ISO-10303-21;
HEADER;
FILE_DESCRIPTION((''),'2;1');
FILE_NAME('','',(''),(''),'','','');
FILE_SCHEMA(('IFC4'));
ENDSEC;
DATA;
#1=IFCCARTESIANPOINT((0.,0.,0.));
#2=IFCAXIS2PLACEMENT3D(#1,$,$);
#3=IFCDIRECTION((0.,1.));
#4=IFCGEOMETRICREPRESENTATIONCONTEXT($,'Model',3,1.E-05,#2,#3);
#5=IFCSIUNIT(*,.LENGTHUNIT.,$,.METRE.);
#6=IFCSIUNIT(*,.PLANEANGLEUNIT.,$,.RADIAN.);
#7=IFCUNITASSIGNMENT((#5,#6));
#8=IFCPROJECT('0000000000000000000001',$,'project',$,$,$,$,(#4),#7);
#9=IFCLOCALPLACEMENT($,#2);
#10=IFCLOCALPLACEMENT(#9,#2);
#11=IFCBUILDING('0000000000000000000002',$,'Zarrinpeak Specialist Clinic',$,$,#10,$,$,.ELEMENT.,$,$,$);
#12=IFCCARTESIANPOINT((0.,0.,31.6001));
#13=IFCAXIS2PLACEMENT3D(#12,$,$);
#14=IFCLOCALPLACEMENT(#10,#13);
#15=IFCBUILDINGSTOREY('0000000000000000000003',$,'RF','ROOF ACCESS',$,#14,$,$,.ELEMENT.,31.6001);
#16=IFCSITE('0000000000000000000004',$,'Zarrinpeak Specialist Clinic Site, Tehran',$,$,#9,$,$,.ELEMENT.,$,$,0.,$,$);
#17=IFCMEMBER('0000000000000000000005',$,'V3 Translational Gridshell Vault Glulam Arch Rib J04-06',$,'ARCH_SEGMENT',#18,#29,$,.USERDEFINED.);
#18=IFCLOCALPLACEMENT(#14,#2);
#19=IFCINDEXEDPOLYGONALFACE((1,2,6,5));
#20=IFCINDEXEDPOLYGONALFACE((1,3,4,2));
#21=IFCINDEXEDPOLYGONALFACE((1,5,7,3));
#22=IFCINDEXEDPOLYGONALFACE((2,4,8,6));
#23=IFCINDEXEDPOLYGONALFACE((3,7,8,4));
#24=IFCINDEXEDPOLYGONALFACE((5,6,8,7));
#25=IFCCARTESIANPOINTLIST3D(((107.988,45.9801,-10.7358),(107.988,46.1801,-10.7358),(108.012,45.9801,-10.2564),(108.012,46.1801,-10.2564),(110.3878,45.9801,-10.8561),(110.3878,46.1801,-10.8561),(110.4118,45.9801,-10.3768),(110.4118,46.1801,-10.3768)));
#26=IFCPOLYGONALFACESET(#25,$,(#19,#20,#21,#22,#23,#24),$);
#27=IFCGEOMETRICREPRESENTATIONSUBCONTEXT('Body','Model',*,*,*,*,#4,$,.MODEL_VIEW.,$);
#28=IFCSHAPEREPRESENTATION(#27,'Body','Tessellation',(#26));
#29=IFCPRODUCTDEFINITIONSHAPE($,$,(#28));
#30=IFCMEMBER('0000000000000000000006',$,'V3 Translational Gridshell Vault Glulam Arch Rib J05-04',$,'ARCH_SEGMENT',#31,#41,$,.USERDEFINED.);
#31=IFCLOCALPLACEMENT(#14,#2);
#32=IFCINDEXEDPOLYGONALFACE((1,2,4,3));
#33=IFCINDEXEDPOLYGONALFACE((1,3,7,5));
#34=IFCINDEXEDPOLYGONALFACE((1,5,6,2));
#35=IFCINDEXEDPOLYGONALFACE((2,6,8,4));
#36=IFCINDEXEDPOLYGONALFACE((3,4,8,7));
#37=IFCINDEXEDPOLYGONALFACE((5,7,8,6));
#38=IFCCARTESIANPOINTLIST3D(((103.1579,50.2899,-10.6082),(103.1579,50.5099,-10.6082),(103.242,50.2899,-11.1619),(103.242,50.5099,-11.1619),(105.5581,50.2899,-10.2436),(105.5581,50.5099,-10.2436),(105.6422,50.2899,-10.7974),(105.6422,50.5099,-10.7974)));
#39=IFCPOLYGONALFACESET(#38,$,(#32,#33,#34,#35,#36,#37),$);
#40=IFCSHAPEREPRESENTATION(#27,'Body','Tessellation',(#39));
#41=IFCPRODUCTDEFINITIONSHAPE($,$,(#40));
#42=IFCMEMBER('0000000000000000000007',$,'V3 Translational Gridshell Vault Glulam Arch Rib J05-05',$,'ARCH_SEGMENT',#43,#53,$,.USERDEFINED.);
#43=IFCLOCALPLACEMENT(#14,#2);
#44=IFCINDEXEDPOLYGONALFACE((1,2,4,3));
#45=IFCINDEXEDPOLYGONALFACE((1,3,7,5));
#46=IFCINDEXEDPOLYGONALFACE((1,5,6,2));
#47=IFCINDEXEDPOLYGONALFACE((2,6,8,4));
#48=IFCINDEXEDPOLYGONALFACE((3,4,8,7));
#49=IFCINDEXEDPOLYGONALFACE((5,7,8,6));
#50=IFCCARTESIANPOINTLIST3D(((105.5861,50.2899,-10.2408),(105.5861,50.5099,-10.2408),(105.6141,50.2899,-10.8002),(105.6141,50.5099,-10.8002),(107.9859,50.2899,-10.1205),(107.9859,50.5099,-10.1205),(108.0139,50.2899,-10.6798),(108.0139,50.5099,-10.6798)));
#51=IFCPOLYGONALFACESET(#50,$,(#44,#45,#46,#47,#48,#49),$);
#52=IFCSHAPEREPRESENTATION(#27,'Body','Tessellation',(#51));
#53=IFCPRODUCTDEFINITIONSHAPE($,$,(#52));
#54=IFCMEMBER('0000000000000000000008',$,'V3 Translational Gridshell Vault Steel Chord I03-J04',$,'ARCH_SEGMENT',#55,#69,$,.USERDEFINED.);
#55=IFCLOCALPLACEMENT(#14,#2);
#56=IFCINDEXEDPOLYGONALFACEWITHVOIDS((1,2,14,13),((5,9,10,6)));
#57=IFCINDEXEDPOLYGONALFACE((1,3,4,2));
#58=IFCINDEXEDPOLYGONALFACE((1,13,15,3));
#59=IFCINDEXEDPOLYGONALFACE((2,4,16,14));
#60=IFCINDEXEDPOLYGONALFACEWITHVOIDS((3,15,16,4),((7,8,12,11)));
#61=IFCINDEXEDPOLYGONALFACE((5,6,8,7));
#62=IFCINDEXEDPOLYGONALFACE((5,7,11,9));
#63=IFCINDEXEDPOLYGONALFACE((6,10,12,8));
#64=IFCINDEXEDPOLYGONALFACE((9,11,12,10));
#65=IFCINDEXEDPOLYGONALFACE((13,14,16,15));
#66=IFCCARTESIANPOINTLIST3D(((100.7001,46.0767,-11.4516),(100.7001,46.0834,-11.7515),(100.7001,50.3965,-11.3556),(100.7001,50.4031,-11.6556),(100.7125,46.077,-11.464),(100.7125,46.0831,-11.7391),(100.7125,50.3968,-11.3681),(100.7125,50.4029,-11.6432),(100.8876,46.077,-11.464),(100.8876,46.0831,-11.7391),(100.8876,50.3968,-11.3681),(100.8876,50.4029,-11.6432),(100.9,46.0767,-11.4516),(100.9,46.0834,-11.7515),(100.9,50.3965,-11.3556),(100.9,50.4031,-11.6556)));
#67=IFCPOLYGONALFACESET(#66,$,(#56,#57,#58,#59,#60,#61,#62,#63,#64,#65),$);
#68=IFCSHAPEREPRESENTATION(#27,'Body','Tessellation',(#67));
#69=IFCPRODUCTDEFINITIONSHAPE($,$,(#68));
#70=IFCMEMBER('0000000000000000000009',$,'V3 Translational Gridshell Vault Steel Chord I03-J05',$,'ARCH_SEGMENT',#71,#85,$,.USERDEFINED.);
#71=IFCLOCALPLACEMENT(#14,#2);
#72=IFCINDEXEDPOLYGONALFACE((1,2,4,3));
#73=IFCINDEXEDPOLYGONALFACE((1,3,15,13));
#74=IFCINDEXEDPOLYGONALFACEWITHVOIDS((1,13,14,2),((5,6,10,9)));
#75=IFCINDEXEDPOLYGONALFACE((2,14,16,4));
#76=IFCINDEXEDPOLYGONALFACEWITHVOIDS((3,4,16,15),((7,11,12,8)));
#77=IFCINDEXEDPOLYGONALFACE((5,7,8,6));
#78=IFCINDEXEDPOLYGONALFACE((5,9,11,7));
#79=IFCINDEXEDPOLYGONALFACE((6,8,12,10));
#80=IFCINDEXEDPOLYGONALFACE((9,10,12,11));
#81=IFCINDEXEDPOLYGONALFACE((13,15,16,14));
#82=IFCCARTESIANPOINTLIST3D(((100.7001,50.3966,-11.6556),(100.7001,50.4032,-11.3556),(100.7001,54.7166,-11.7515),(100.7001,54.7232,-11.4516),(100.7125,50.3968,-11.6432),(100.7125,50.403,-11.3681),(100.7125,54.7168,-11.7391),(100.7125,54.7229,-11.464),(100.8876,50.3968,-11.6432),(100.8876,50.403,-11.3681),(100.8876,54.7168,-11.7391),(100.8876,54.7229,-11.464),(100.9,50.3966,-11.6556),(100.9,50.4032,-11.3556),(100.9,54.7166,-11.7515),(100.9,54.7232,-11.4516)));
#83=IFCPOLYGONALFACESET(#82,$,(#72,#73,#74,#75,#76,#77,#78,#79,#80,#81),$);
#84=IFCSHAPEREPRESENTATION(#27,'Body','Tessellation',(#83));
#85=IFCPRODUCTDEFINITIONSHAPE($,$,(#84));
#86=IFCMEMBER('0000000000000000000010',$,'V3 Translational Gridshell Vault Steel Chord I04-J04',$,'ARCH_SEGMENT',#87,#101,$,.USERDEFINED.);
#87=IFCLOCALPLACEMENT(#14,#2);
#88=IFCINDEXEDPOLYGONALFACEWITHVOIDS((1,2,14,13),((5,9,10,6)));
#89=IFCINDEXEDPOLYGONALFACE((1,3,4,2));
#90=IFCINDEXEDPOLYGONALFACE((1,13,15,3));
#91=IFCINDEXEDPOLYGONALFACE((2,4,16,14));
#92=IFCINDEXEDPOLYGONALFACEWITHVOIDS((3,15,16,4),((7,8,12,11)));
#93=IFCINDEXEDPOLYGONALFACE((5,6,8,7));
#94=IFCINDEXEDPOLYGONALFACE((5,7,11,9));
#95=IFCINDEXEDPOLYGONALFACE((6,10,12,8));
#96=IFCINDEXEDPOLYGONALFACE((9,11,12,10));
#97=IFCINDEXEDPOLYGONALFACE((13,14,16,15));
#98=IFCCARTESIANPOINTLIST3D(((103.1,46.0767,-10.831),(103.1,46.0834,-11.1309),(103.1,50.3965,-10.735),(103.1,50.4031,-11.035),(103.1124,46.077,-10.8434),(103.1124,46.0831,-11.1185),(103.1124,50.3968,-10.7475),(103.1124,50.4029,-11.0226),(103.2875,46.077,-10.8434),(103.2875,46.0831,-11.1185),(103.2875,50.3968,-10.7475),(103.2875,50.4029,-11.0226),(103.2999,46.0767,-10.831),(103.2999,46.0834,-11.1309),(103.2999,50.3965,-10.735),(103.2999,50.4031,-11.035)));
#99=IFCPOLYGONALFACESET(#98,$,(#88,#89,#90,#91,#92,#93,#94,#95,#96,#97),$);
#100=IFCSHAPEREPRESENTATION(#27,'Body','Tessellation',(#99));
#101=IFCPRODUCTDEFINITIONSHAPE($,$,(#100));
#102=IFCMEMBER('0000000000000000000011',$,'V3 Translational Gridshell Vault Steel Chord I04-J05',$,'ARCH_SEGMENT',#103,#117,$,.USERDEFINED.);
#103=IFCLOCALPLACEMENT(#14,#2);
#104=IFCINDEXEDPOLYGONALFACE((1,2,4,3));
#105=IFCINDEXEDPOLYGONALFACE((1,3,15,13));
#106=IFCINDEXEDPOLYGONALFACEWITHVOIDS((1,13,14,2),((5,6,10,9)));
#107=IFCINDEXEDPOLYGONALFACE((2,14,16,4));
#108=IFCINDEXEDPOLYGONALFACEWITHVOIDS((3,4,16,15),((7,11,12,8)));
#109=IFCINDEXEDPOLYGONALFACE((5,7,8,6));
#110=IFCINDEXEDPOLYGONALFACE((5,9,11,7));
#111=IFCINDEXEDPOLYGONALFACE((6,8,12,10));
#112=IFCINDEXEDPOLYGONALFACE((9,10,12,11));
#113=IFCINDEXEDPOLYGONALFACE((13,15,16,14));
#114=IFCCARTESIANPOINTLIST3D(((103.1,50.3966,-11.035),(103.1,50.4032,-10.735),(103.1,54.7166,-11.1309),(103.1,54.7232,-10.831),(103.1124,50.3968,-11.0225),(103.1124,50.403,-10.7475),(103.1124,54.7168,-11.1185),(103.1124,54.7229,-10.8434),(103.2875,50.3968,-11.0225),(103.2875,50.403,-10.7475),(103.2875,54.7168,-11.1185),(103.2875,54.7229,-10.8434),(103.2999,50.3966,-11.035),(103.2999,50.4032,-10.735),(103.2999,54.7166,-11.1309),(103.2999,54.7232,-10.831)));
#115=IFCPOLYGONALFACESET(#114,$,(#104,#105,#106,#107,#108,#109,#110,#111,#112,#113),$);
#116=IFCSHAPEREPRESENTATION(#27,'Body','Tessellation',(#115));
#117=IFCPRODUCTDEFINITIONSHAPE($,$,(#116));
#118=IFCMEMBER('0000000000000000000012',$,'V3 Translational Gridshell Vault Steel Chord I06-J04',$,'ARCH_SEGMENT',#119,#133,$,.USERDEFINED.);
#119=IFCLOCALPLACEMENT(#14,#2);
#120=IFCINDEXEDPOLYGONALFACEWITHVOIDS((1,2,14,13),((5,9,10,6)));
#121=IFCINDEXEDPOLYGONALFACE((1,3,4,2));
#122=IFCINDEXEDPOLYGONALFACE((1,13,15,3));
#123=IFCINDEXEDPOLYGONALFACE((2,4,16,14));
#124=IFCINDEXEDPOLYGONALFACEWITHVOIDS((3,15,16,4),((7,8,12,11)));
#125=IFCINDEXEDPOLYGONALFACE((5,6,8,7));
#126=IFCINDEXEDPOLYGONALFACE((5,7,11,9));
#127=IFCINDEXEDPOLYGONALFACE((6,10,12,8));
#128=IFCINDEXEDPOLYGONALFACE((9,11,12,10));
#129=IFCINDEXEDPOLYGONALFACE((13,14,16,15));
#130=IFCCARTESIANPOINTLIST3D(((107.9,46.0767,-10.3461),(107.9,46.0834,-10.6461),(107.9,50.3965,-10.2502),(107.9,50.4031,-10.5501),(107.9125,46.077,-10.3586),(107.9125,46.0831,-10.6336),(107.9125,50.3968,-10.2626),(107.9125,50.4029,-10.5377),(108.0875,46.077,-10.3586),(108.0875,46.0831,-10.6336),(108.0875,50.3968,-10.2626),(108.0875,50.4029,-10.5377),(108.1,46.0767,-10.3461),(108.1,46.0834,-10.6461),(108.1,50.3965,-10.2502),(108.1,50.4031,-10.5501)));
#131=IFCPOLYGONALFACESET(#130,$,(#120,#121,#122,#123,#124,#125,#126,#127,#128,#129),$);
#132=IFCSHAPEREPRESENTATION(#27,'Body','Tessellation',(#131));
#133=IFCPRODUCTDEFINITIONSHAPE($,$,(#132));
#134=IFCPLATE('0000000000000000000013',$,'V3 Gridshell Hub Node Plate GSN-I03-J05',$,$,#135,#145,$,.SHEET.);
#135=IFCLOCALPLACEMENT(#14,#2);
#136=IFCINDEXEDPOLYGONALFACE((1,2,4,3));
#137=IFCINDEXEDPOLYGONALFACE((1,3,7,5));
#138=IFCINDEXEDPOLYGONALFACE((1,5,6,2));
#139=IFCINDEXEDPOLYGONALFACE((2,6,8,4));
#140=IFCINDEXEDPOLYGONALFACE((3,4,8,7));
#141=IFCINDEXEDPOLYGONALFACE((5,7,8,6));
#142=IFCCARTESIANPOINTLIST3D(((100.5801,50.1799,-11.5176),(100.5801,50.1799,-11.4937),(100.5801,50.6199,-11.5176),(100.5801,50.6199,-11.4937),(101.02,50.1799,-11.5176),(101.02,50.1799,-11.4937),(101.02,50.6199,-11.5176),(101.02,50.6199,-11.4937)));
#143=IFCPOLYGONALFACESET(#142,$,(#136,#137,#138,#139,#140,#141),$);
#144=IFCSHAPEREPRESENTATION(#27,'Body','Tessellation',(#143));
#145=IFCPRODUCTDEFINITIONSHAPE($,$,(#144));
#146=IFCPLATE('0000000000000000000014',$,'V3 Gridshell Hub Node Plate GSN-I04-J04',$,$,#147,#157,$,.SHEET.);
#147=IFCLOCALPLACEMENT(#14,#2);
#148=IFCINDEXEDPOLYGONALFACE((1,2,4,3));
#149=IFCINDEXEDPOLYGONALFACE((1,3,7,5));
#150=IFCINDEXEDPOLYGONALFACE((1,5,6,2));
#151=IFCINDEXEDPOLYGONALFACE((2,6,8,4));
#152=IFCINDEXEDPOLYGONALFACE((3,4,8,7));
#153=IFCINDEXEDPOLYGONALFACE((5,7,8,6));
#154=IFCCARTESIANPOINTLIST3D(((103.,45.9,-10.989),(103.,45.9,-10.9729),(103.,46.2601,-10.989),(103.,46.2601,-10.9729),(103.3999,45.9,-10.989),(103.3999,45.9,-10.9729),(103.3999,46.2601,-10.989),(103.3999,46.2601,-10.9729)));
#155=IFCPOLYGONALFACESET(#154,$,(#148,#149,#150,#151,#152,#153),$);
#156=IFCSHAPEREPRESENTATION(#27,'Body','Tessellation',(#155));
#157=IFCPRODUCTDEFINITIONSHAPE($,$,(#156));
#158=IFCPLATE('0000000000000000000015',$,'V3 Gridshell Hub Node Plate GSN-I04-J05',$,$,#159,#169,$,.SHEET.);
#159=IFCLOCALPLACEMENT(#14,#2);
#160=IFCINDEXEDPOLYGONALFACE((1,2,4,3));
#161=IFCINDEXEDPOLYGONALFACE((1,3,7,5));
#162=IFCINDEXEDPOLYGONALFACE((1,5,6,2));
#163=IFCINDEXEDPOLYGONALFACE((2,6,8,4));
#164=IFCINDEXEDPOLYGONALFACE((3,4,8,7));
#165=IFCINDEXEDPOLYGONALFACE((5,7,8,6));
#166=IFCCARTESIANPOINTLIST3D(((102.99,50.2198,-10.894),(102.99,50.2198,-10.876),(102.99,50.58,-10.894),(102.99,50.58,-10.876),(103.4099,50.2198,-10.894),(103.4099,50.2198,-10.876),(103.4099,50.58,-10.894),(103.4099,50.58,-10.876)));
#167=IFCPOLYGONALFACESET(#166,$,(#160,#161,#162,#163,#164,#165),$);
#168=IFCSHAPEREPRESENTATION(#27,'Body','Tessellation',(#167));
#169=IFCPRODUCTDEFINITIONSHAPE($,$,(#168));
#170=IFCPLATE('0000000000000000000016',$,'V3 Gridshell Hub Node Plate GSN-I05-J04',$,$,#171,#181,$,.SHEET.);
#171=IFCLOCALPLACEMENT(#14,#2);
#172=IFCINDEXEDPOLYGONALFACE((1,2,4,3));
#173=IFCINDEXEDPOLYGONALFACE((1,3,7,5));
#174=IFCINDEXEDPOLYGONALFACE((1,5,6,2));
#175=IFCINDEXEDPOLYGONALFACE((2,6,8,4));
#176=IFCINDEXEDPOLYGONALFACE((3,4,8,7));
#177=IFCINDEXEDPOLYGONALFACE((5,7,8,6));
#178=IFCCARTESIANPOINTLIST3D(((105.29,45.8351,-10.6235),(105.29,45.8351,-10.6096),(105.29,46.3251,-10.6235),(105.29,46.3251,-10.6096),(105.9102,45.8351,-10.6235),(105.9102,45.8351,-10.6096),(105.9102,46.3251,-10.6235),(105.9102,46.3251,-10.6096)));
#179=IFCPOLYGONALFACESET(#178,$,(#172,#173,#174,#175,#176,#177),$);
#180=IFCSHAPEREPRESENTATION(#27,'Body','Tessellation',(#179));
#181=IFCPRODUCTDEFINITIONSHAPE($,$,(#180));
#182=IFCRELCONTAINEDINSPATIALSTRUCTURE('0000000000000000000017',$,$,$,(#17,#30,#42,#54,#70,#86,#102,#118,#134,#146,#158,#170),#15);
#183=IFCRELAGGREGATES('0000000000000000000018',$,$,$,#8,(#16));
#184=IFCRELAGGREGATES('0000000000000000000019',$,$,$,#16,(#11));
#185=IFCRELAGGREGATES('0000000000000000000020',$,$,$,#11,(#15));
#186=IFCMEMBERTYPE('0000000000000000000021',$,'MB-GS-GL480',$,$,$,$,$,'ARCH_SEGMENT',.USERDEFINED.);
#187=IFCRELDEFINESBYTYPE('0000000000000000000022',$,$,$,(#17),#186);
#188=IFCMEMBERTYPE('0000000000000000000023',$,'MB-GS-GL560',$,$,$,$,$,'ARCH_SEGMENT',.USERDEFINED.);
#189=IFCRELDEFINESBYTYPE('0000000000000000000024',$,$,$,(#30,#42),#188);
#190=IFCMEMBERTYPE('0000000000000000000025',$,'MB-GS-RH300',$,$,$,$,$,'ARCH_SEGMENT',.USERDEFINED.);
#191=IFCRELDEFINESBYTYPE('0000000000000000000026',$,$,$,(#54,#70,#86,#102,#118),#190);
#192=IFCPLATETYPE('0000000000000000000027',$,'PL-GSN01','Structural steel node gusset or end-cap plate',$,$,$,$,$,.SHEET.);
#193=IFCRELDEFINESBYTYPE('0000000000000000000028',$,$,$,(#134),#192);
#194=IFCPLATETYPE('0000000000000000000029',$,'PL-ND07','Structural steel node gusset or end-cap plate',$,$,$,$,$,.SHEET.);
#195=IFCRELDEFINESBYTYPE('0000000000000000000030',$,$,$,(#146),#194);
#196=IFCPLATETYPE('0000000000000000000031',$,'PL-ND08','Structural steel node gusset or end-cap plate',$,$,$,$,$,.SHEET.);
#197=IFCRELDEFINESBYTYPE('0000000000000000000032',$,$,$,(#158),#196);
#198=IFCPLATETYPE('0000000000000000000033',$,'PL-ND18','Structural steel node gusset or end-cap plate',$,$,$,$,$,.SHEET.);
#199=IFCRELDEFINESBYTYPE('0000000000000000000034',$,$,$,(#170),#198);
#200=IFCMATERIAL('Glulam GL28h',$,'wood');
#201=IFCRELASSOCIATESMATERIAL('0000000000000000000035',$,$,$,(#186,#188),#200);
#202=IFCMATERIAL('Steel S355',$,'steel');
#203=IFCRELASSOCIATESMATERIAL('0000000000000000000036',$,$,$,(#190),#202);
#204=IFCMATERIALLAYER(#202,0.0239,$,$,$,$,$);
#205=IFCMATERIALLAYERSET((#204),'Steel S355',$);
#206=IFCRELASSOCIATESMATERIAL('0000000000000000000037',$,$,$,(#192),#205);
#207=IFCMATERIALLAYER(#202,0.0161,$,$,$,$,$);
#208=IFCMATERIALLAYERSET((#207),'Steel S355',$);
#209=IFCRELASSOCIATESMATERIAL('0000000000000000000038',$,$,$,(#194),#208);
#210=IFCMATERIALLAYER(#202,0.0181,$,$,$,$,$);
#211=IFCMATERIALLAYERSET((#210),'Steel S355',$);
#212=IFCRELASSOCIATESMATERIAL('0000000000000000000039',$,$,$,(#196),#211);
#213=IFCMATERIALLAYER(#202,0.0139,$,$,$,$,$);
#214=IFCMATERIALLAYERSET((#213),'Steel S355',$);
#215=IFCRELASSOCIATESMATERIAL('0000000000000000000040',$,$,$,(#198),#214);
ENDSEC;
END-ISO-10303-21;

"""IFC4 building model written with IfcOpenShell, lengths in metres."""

from ifc_helpers import new_model, si_unit, direction, frame, origin, origin_2d, place, context, subcontext, project, spatial, rectangle, hollow_rectangle, extrude, material, layer, layer_set, material_profile, profile_set, type_object, element, save


model = new_model("IFC4")

# Units and contexts
model_context = context("Model", 3, precision=1e-05, world=origin(), true_north=direction((0.0, 1.0)))
body_context = subcontext(model_context, "Body", "Model", "MODEL_VIEW")
ifc_project = project(units=[si_unit("LENGTHUNIT", "METRE"), si_unit("PLANEANGLEUNIT", "RADIAN")], contexts=[model_context])

# Site, building, storey
site_placement = place(None, origin())
site = spatial("IfcSite", under=ifc_project, at=site_placement, Name="Zarrinpeak Specialist Clinic Site, Tehran", CompositionType="ELEMENT", RefElevation=0.0)
building_placement = place(site_placement, origin())
building = spatial("IfcBuilding", under=site, at=building_placement, Name="Zarrinpeak Specialist Clinic", CompositionType="ELEMENT")
storey_placement = place(building_placement, frame((0.0, 0.0, 31.6001)))
storey = spatial("IfcBuildingStorey", under=building, at=storey_placement, Name="RF", Description="ROOF ACCESS", CompositionType="ELEMENT", Elevation=31.6001)

# Members
ifc_material_1 = material(Name="Steel S355", Category="steel")
ifc_material_2 = material(Name="Glulam GL28h", Category="wood")
ifc_material_profile_1 = material_profile(ifc_material_2, rectangle(XDim=0.2, YDim=0.48, at=origin_2d()), Name="GL28h 200x480")
ifc_profile_set_1 = profile_set([ifc_material_profile_1], Name="Glulam GL28h")
member_type_1 = type_object("IfcMemberType", Name="MB-GS-GL480", ElementType="ARCH_SEGMENT", PredefinedType="USERDEFINED", material=ifc_profile_set_1)
for number, where, z_axis, x_axis, name in (
    (1, (108.0, 46.0801, -10.4961), (0.998745, 0.0, -0.05009), (0.0, 1.0, 0.0), "V3 Translational Gridshell Vault Glulam Arch Rib J04-06"),
):
    element("IfcMember", number, at=place(storey_placement, frame(where, z_axis=z_axis, x_axis=x_axis)), inside=storey, type_object=member_type_1, Name=name, ObjectType="ARCH_SEGMENT", PredefinedType="USERDEFINED", context=body_context, shape_type="SweptSolid", body=[
        extrude(rectangle(XDim=0.2, YDim=0.48, at=origin_2d()), origin(), (0.0, 0.0, 1.0), 2.4028),
    ])
ifc_material_profile_2 = material_profile(ifc_material_2, rectangle(XDim=0.22, YDim=0.5601, at=origin_2d()), Name="GL28h 220x560")
ifc_profile_set_2 = profile_set([ifc_material_profile_2], Name="Glulam GL28h")
member_type_2 = type_object("IfcMemberType", Name="MB-GS-GL560", ElementType="ARCH_SEGMENT", PredefinedType="USERDEFINED", material=ifc_profile_set_2)
member_1_placement = place(storey_placement, frame((103.2, 50.3999, -10.885), z_axis=(0.988664, 0.0, 0.150145), x_axis=(0.0, 1.0, 0.0)))
element("IfcMember", 2, at=member_1_placement, inside=storey, type_object=member_type_2, Name="V3 Translational Gridshell Vault Glulam Arch Rib J05-04", ObjectType="ARCH_SEGMENT", PredefinedType="USERDEFINED", context=body_context, shape_type="SweptSolid", body=[
    extrude(rectangle(XDim=0.22, YDim=0.5601, at=origin_2d()), origin(), (0.0, 0.0, 1.0), 2.4277),
])
member_2_placement = place(storey_placement, frame((105.6001, 50.3999, -10.5205), z_axis=(0.998745, 0.0, 0.05009), x_axis=(0.0, 1.0, 0.0)))
element("IfcMember", 3, at=member_2_placement, inside=storey, type_object=member_type_2, Name="V3 Translational Gridshell Vault Glulam Arch Rib J05-05", ObjectType="ARCH_SEGMENT", PredefinedType="USERDEFINED", context=body_context, shape_type="SweptSolid", body=[
    extrude(rectangle(XDim=0.22, YDim=0.5601, at=origin_2d()), origin(), (0.0, 0.0, 1.0), 2.4028),
])
ifc_material_profile_3 = material_profile(ifc_material_1, hollow_rectangle(XDim=0.2, YDim=0.3, WallThickness=0.0125, at=origin_2d()), Name="RHS 300x200x12.5")
ifc_profile_set_3 = profile_set([ifc_material_profile_3], Name="Steel S355")
member_type_3 = type_object("IfcMemberType", Name="MB-GS-RH300", ElementType="ARCH_SEGMENT", PredefinedType="USERDEFINED", material=ifc_profile_set_3)
member_3_placement = place(storey_placement, frame((100.8, 46.0801, -11.6016), z_axis=(0.0, 0.999753, 0.022205), x_axis=(-1.0, 0.0, 0.0)))
element("IfcMember", 4, at=member_3_placement, inside=storey, type_object=member_type_3, Name="V3 Translational Gridshell Vault Steel Chord I03-J04", ObjectType="ARCH_SEGMENT", PredefinedType="USERDEFINED", context=body_context, shape_type="SweptSolid", body=[
    extrude(hollow_rectangle(XDim=0.2, YDim=0.3, WallThickness=0.0125, at=origin_2d()), origin(), (0.0, 0.0, 1.0), 4.3208),
])
member_4_placement = place(storey_placement, frame((100.8, 50.3999, -11.5056), z_axis=(0.0, 0.999753, -0.022204), x_axis=(-1.0, 0.0, 0.0)))
element("IfcMember", 5, at=member_4_placement, inside=storey, type_object=member_type_3, Name="V3 Translational Gridshell Vault Steel Chord I03-J05", ObjectType="ARCH_SEGMENT", PredefinedType="USERDEFINED", context=body_context, shape_type="SweptSolid", body=[
    extrude(hollow_rectangle(XDim=0.2, YDim=0.3, WallThickness=0.0125, at=origin_2d()), origin(), (0.0, 0.0, 1.0), 4.321),
])
member_5_placement = place(storey_placement, frame((103.2, 46.0801, -10.981), z_axis=(0.0, 0.999753, 0.022205), x_axis=(-1.0, 0.0, 0.0)))
element("IfcMember", 6, at=member_5_placement, inside=storey, type_object=member_type_3, Name="V3 Translational Gridshell Vault Steel Chord I04-J04", ObjectType="ARCH_SEGMENT", PredefinedType="USERDEFINED", context=body_context, shape_type="SweptSolid", body=[
    extrude(hollow_rectangle(XDim=0.2, YDim=0.3, WallThickness=0.0125, at=origin_2d()), origin(), (0.0, 0.0, 1.0), 4.3208),
])
member_6_placement = place(storey_placement, frame((103.2, 50.3999, -10.885), z_axis=(0.0, 0.999753, -0.022204), x_axis=(-1.0, 0.0, 0.0)))
element("IfcMember", 7, at=member_6_placement, inside=storey, type_object=member_type_3, Name="V3 Translational Gridshell Vault Steel Chord I04-J05", ObjectType="ARCH_SEGMENT", PredefinedType="USERDEFINED", context=body_context, shape_type="SweptSolid", body=[
    extrude(hollow_rectangle(XDim=0.2, YDim=0.3, WallThickness=0.0125, at=origin_2d()), origin(), (0.0, 0.0, 1.0), 4.321),
])
member_7_placement = place(storey_placement, frame((108.0, 46.0801, -10.4961), z_axis=(0.0, 0.999753, 0.022205), x_axis=(-1.0, 0.0, 0.0)))
element("IfcMember", 8, at=member_7_placement, inside=storey, type_object=member_type_3, Name="V3 Translational Gridshell Vault Steel Chord I06-J04", ObjectType="ARCH_SEGMENT", PredefinedType="USERDEFINED", context=body_context, shape_type="SweptSolid", body=[
    extrude(hollow_rectangle(XDim=0.2, YDim=0.3, WallThickness=0.0125, at=origin_2d()), origin(), (0.0, 0.0, 1.0), 4.3208),
])

# Plates
ifc_layer_1 = layer(ifc_material_1, 0.0239)
ifc_layer_set_1 = layer_set([ifc_layer_1], Name="Steel S355")
plate_type_1 = type_object("IfcPlateType", Name="PL-GSN01", Description="Structural steel node gusset or end-cap plate", PredefinedType="SHEET", material=ifc_layer_set_1)
plate_1_placement = place(storey_placement, frame((100.8, 50.3999, -11.5176), z_axis=(0.0, 0.0, 1.0), x_axis=(1.0, 0.0, 0.0)))
element("IfcPlate", 9, at=plate_1_placement, inside=storey, type_object=plate_type_1, Name="V3 Gridshell Hub Node Plate GSN-I03-J05", PredefinedType="SHEET", context=body_context, shape_type="SweptSolid", body=[
    extrude(rectangle(XDim=0.4399, YDim=0.4399, at=origin_2d()), origin(), (0.0, 0.0, 1.0), 0.0239),
])
ifc_layer_2 = layer(ifc_material_1, 0.0161)
ifc_layer_set_2 = layer_set([ifc_layer_2], Name="Steel S355")
plate_type_2 = type_object("IfcPlateType", Name="PL-ND07", Description="Structural steel node gusset or end-cap plate", PredefinedType="SHEET", material=ifc_layer_set_2)
plate_2_placement = place(storey_placement, frame((103.2, 46.0801, -10.989), z_axis=(0.0, 0.0, 1.0), x_axis=(1.0, 0.0, 0.0)))
element("IfcPlate", 10, at=plate_2_placement, inside=storey, type_object=plate_type_2, Name="V3 Gridshell Hub Node Plate GSN-I04-J04", PredefinedType="SHEET", context=body_context, shape_type="SweptSolid", body=[
    extrude(rectangle(XDim=0.3999, YDim=0.3601, at=origin_2d()), origin(), (0.0, 0.0, 1.0), 0.0161),
])
ifc_layer_3 = layer(ifc_material_1, 0.0181)
ifc_layer_set_3 = layer_set([ifc_layer_3], Name="Steel S355")
plate_type_3 = type_object("IfcPlateType", Name="PL-ND08", Description="Structural steel node gusset or end-cap plate", PredefinedType="SHEET", material=ifc_layer_set_3)
plate_3_placement = place(storey_placement, frame((103.2, 50.3999, -10.894), z_axis=(0.0, 0.0, 1.0), x_axis=(1.0, 0.0, 0.0)))
element("IfcPlate", 11, at=plate_3_placement, inside=storey, type_object=plate_type_3, Name="V3 Gridshell Hub Node Plate GSN-I04-J05", PredefinedType="SHEET", context=body_context, shape_type="SweptSolid", body=[
    extrude(rectangle(XDim=0.4199, YDim=0.3601, at=origin_2d()), origin(), (0.0, 0.0, 1.0), 0.0181),
])
ifc_layer_4 = layer(ifc_material_1, 0.0139)
ifc_layer_set_4 = layer_set([ifc_layer_4], Name="Steel S355")
plate_type_4 = type_object("IfcPlateType", Name="PL-ND18", Description="Structural steel node gusset or end-cap plate", PredefinedType="SHEET", material=ifc_layer_set_4)
plate_4_placement = place(storey_placement, frame((105.6001, 46.0801, -10.6235), z_axis=(0.0, 0.0, 1.0), x_axis=(1.0, 0.0, 0.0)))
element("IfcPlate", 12, at=plate_4_placement, inside=storey, type_object=plate_type_4, Name="V3 Gridshell Hub Node Plate GSN-I05-J04", PredefinedType="SHEET", context=body_context, shape_type="SweptSolid", body=[
    extrude(rectangle(XDim=0.6201, YDim=0.49, at=origin_2d()), origin(), (0.0, 0.0, 1.0), 0.0139),
])

save(model, "model.ifc")
